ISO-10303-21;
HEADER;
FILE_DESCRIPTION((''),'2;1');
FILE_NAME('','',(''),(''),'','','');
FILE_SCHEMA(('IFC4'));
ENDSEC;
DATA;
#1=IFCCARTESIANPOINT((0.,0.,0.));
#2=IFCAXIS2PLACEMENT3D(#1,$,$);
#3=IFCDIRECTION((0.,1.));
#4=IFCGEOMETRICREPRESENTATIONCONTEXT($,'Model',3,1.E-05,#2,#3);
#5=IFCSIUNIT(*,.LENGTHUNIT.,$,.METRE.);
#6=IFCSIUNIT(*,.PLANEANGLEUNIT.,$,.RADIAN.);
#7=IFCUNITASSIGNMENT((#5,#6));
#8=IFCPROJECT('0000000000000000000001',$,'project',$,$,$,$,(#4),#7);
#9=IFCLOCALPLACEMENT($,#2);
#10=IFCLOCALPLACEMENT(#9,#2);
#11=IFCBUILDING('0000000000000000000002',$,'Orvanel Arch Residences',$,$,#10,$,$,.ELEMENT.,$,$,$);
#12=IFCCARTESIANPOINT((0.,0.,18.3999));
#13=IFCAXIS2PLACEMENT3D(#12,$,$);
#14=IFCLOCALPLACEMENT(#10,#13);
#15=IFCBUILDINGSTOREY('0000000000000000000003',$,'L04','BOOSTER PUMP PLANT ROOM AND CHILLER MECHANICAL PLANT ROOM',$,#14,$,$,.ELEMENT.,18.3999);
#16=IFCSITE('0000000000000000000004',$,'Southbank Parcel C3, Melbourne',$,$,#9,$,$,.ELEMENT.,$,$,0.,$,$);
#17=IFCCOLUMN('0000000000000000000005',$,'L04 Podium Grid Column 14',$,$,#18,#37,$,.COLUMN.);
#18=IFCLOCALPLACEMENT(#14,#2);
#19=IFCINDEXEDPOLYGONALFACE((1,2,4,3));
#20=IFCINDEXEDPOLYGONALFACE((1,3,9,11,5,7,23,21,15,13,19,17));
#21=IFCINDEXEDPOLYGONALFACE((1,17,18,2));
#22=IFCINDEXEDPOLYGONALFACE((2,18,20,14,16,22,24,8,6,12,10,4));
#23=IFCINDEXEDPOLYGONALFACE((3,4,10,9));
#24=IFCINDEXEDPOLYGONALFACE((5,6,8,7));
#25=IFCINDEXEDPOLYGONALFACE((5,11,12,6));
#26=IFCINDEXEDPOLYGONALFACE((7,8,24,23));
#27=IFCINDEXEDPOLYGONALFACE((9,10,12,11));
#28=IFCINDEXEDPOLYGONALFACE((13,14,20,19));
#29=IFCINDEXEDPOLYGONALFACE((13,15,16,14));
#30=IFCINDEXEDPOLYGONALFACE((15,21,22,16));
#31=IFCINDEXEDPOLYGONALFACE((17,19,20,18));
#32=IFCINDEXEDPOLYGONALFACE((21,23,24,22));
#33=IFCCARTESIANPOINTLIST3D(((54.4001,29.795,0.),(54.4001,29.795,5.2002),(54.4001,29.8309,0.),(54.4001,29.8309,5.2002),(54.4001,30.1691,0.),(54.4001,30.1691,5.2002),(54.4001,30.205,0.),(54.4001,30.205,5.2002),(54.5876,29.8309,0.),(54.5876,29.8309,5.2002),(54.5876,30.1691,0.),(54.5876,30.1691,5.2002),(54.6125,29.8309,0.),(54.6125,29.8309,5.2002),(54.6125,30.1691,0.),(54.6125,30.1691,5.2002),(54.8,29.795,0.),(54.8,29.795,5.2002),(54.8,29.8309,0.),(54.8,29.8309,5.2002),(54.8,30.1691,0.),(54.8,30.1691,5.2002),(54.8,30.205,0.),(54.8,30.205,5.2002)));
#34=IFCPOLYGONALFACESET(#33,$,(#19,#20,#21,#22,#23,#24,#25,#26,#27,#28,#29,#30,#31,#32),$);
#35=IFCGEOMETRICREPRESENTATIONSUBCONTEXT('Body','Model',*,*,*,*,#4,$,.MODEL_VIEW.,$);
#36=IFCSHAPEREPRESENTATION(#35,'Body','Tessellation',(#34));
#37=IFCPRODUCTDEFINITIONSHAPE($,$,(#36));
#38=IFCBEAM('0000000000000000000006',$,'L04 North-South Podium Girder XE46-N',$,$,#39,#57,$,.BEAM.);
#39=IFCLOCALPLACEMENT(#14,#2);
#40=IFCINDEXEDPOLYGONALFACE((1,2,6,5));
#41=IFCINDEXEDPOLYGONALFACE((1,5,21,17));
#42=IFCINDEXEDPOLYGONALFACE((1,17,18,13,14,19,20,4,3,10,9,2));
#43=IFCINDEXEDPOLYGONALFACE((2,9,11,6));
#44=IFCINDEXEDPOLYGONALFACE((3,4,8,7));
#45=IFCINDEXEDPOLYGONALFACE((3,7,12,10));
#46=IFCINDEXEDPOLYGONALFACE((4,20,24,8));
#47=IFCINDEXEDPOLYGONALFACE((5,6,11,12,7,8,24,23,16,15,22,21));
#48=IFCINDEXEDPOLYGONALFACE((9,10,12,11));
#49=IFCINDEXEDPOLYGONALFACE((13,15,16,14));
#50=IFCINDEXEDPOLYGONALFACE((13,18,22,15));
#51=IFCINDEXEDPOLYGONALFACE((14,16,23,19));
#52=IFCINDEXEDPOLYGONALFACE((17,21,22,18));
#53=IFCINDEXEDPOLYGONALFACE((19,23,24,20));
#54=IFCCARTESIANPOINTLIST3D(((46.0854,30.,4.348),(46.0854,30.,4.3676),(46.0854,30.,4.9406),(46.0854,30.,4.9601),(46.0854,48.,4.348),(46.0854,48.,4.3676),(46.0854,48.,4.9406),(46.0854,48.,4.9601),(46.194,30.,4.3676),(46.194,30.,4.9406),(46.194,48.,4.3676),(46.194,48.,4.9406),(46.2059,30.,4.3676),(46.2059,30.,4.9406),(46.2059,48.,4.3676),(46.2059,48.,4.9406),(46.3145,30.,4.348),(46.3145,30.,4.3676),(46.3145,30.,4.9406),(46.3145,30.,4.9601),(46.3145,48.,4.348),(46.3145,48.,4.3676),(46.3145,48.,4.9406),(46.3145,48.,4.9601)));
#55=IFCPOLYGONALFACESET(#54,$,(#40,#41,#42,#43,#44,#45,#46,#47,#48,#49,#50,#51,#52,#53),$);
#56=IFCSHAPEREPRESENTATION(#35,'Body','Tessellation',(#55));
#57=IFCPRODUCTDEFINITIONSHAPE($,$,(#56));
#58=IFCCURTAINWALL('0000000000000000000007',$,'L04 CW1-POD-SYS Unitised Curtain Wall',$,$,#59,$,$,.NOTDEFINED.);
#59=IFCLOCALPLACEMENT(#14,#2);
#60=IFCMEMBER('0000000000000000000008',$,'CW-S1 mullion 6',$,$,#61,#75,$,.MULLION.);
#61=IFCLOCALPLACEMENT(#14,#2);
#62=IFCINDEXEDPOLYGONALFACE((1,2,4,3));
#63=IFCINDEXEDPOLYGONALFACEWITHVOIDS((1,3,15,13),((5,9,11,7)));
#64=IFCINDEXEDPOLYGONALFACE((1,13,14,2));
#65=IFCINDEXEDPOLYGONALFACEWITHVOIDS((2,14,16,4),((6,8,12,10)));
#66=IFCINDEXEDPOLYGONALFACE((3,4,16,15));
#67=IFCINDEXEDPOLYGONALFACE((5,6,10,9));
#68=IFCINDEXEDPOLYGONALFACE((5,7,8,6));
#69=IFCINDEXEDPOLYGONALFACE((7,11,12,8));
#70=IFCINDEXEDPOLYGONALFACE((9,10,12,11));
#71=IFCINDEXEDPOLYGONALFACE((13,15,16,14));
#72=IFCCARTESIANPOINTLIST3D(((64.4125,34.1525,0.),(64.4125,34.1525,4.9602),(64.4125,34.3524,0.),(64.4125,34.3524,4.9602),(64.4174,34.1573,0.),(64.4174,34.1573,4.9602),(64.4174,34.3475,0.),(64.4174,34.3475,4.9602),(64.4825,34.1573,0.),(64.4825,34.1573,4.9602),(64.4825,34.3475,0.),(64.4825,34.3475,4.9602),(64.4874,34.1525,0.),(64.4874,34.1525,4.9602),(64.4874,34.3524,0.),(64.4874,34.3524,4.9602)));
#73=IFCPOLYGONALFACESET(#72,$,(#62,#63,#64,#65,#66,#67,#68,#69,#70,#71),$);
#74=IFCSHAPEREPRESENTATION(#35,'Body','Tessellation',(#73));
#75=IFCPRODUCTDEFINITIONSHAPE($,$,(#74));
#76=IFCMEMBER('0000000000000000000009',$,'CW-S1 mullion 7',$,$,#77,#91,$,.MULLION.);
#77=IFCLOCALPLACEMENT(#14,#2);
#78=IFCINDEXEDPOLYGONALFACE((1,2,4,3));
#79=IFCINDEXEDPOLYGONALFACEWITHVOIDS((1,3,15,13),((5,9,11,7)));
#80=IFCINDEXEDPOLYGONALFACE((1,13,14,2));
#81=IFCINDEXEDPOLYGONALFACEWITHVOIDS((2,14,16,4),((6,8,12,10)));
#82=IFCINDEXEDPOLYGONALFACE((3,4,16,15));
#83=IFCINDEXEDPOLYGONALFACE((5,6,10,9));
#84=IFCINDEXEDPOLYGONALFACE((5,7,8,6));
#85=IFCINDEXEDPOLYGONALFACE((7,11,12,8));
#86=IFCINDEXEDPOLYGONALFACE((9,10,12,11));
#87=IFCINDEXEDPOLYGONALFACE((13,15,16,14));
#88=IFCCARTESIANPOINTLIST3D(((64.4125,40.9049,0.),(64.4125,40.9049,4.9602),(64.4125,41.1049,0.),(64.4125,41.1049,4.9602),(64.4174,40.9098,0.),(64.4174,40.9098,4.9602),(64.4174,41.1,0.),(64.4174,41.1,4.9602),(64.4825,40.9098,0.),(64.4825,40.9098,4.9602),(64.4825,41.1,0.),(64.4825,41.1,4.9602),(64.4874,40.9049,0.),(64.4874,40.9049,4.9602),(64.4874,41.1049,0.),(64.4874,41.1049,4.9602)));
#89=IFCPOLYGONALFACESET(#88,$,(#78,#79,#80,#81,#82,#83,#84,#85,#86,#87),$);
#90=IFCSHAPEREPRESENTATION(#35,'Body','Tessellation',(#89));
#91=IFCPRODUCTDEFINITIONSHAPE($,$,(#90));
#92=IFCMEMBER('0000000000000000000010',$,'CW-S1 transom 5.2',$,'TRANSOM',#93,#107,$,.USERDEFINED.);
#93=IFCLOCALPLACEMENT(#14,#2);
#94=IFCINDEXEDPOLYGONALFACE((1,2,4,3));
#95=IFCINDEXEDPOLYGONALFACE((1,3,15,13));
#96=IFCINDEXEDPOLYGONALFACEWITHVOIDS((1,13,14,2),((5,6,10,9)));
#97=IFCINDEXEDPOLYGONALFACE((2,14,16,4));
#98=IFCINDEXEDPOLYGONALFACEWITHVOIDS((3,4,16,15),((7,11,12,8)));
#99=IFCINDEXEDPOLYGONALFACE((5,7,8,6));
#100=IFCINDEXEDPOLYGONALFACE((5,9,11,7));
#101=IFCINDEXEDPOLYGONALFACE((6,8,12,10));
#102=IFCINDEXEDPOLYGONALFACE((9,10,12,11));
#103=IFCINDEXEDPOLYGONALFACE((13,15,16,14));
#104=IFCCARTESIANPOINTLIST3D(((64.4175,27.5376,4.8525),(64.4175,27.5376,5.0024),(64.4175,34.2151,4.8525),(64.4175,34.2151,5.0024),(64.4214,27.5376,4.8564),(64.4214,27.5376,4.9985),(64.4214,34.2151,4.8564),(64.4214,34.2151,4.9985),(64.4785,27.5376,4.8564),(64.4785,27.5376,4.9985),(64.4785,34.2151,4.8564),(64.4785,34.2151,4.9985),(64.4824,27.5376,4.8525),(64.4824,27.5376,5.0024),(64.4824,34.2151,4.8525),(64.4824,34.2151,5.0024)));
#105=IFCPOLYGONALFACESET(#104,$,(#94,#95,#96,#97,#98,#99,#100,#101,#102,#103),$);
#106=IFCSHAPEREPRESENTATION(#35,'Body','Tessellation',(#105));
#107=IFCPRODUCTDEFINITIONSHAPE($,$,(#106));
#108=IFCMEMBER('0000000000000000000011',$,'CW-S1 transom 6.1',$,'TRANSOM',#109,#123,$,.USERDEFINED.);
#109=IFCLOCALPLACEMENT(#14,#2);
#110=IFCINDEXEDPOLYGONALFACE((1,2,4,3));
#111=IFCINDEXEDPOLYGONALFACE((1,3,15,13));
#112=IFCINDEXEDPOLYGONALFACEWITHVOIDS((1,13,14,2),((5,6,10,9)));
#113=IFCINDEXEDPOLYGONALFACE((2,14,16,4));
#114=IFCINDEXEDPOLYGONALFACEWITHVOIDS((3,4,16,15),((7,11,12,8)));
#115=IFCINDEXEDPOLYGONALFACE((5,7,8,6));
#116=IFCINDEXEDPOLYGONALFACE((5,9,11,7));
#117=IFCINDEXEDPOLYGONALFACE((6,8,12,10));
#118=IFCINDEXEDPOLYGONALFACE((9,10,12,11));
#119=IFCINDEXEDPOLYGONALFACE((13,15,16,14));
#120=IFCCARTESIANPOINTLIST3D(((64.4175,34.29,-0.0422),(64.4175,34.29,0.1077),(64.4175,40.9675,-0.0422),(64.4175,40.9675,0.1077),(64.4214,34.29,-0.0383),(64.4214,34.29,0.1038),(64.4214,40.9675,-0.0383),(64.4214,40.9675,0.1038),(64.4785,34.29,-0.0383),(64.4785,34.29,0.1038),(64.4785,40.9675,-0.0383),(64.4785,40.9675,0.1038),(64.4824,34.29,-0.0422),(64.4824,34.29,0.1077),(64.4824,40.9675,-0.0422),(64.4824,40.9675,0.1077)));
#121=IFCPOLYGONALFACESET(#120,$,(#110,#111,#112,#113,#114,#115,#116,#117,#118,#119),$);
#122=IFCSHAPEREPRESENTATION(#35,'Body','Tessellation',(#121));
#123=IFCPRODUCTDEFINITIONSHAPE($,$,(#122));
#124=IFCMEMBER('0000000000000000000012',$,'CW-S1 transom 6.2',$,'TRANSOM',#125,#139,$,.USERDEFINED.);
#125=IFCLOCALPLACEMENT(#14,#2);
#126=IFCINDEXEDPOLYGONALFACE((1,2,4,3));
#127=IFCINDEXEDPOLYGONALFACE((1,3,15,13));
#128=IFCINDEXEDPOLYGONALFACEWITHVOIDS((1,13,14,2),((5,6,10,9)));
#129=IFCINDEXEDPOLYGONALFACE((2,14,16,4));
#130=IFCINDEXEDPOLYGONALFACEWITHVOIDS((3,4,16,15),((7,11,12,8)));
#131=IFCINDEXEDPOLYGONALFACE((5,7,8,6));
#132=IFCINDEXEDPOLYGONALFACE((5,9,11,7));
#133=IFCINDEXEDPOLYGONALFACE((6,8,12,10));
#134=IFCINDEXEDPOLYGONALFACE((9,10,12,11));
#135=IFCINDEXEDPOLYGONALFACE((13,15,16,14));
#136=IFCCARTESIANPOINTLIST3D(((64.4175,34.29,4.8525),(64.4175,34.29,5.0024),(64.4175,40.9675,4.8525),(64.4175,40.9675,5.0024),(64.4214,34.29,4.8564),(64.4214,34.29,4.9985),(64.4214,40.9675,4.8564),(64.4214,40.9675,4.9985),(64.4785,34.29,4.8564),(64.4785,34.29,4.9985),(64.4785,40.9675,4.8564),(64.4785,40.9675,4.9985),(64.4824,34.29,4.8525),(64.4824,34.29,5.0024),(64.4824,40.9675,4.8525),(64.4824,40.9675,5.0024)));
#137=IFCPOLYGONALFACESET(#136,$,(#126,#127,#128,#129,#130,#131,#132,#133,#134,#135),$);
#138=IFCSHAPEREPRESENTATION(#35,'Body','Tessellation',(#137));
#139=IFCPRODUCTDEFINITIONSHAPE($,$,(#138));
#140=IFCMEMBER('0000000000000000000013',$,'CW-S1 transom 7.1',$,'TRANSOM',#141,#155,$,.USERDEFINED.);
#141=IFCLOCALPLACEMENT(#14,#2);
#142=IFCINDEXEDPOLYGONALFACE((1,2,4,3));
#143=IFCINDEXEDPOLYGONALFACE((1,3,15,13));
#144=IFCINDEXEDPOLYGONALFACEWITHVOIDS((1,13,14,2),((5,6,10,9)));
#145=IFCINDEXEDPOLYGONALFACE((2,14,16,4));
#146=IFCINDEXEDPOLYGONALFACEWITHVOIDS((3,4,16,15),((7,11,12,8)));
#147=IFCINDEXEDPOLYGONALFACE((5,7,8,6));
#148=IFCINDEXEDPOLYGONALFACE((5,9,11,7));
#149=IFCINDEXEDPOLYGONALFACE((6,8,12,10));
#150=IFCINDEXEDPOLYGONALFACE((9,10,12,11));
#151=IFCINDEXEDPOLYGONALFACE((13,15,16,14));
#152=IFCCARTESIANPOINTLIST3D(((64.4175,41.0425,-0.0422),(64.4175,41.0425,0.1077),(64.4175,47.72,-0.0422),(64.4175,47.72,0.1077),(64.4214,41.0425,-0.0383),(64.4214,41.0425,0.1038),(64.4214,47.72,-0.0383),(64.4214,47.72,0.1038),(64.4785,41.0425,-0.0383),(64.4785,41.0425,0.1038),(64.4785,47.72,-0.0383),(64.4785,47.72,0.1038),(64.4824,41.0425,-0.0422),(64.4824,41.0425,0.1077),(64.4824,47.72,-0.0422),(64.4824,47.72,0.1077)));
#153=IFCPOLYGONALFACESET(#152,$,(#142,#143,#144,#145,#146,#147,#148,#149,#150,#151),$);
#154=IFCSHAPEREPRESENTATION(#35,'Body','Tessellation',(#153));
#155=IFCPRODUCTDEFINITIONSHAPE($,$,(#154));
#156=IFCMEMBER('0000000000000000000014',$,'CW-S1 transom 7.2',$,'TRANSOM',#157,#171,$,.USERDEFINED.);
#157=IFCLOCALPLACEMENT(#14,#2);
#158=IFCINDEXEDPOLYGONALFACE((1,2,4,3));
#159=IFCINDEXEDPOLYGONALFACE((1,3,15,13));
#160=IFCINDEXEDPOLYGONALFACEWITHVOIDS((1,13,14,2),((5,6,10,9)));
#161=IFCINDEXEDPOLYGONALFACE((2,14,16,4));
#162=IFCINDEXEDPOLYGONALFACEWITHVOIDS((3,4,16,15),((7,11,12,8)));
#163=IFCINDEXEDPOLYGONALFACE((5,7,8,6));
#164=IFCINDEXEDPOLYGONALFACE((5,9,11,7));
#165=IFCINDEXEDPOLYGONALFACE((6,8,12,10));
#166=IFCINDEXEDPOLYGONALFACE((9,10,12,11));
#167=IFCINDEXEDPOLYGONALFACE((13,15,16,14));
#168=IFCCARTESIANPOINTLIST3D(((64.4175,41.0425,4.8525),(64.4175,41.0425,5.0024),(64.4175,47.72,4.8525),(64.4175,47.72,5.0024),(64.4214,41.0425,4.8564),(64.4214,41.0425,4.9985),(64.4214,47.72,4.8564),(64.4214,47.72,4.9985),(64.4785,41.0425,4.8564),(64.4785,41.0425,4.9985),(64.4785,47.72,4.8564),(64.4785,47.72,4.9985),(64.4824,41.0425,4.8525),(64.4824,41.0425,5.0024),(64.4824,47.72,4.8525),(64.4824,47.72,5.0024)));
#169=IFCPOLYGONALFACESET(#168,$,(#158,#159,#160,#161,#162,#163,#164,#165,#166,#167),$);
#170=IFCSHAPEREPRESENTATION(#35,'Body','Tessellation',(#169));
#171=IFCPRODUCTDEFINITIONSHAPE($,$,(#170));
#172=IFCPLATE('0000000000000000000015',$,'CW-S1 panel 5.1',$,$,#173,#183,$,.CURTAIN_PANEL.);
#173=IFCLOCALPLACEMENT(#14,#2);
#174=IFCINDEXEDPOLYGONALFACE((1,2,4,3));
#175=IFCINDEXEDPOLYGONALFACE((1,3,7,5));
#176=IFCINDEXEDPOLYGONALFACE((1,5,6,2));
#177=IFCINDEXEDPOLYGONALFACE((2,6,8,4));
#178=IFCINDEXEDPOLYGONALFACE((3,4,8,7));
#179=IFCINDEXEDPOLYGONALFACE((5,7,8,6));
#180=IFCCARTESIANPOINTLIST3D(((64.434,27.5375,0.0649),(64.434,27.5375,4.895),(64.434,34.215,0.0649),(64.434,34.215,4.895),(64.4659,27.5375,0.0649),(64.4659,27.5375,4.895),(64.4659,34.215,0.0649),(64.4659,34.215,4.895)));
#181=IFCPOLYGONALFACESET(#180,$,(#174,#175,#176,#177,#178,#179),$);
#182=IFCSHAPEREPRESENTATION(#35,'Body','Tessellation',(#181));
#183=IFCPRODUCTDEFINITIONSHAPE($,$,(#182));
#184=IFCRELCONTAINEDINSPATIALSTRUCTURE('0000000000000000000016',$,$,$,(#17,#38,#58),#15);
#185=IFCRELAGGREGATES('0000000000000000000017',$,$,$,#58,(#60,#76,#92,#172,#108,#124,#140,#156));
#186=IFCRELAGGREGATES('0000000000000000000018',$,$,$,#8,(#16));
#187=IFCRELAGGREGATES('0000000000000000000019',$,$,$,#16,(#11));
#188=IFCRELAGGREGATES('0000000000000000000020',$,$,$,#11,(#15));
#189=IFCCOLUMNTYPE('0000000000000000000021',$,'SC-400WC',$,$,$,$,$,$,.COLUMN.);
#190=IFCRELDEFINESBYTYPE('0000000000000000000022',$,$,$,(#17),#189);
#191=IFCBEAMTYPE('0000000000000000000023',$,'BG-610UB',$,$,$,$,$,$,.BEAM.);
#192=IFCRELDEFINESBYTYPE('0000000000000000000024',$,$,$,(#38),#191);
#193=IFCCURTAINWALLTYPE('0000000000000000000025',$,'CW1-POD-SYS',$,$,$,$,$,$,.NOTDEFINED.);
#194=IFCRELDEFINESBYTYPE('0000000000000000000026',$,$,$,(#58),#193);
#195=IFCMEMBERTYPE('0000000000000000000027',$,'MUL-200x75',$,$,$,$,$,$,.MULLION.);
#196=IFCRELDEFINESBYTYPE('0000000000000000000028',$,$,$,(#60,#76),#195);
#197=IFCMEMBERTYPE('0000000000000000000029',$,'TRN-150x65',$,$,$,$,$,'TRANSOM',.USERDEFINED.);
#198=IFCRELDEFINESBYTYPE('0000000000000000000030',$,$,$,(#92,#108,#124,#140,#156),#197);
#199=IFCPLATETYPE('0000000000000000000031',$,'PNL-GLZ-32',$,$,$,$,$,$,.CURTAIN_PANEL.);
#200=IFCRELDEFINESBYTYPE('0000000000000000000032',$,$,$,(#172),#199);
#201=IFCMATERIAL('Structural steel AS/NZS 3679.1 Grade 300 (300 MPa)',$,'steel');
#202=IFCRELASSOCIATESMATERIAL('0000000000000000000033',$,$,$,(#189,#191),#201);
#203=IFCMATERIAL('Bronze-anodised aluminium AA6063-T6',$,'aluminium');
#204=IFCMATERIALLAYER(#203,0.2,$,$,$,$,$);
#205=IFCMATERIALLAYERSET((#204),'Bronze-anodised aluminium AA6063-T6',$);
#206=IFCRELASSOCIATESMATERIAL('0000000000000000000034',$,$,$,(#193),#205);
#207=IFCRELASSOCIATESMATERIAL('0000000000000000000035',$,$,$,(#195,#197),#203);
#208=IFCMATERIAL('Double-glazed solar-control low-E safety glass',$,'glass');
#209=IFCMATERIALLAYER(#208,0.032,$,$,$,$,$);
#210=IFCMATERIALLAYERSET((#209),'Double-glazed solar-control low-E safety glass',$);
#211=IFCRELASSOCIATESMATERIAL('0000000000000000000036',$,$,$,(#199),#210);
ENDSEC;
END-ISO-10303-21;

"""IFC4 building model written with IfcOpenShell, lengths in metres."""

from ifc_helpers import new_model, si_unit, direction, frame, origin, origin_2d, place, context, subcontext, project, spatial, rectangle, hollow_rectangle, i_section, extrude, material, layer, layer_set, material_profile, profile_set, type_object, element, aggregate, save


model = new_model("IFC4")

# Units and contexts
model_context = context("Model", 3, precision=1e-05, world=origin(), true_north=direction((0.0, 1.0)))
body_context = subcontext(model_context, "Body", "Model", "MODEL_VIEW")
ifc_project = project(units=[si_unit("LENGTHUNIT", "METRE"), si_unit("PLANEANGLEUNIT", "RADIAN")], contexts=[model_context])

# Site, building, storey
site_placement = place(None, origin())
site = spatial("IfcSite", under=ifc_project, at=site_placement, Name="Southbank Parcel C3, Melbourne", CompositionType="ELEMENT", RefElevation=0.0)
building_placement = place(site_placement, origin())
building = spatial("IfcBuilding", under=site, at=building_placement, Name="Orvanel Arch Residences", CompositionType="ELEMENT")
storey_placement = place(building_placement, frame((0.0, 0.0, 18.3999)))
storey = spatial("IfcBuildingStorey", under=building, at=storey_placement, Name="L04", Description="BOOSTER PUMP PLANT ROOM AND CHILLER MECHANICAL PLANT ROOM", CompositionType="ELEMENT", Elevation=18.3999)

# Column
ifc_material_1 = material(Name="Structural steel AS/NZS 3679.1 Grade 300 (300 MPa)", Category="steel")
ifc_material_profile_1 = material_profile(ifc_material_1, i_section(OverallWidth=0.3999, OverallDepth=0.4099, WebThickness=0.0249, FlangeThickness=0.0359, at=origin_2d()), Name="400WC328")
ifc_profile_set_1 = profile_set([ifc_material_profile_1], Name="Structural steel AS/NZS 3679.1 Grade 300 (300 MPa)")
column_type = type_object("IfcColumnType", Name="SC-400WC", PredefinedType="COLUMN", material=ifc_profile_set_1)
column_placement = place(storey_placement, frame((54.6001, 30.0, 0.0), z_axis=(0.0, 0.0, 1.0), x_axis=(1.0, 0.0, 0.0)))
element("IfcColumn", 1, at=column_placement, inside=storey, type_object=column_type, Name="L04 Podium Grid Column 14", PredefinedType="COLUMN", context=body_context, shape_type="SweptSolid", body=[
    extrude(i_section(OverallWidth=0.3999, OverallDepth=0.4099, WebThickness=0.0249, FlangeThickness=0.0359, at=origin_2d()), origin(), (0.0, 0.0, 1.0), 5.2002),
])

# Beam
ifc_material_profile_2 = material_profile(ifc_material_1, i_section(OverallWidth=0.229, OverallDepth=0.6121, WebThickness=0.012, FlangeThickness=0.0195, at=origin_2d()), Name="610UB125")
ifc_profile_set_2 = profile_set([ifc_material_profile_2], Name="Structural steel AS/NZS 3679.1 Grade 300 (300 MPa)")
beam_type = type_object("IfcBeamType", Name="BG-610UB", PredefinedType="BEAM", material=ifc_profile_set_2)
beam_placement = place(storey_placement, frame((46.2, 30.0, 4.6541), z_axis=(0.0, 1.0, 0.0), x_axis=(-1.0, 0.0, 0.0)))
element("IfcBeam", 2, at=beam_placement, inside=storey, type_object=beam_type, Name="L04 North-South Podium Girder XE46-N", PredefinedType="BEAM", context=body_context, shape_type="SweptSolid", body=[
    extrude(i_section(OverallWidth=0.229, OverallDepth=0.6121, WebThickness=0.012, FlangeThickness=0.0195, at=origin_2d()), origin(), (0.0, 0.0, 1.0), 18.0),
])

# Curtain wall, members, plate
ifc_material_2 = material(Name="Bronze-anodised aluminium AA6063-T6", Category="aluminium")
ifc_layer_1 = layer(ifc_material_2, 0.2)
ifc_layer_set_1 = layer_set([ifc_layer_1], Name="Bronze-anodised aluminium AA6063-T6")
curtain_wall_type = type_object("IfcCurtainWallType", Name="CW1-POD-SYS", PredefinedType="NOTDEFINED", material=ifc_layer_set_1)
curtain_wall_placement = place(storey_placement, origin())
curtain_wall = element("IfcCurtainWall", 3, at=curtain_wall_placement, inside=storey, type_object=curtain_wall_type, Name="L04 CW1-POD-SYS Unitised Curtain Wall", PredefinedType="NOTDEFINED")
ifc_material_profile_3 = material_profile(ifc_material_2, hollow_rectangle(XDim=0.075, YDim=0.2, WallThickness=0.0049, at=origin_2d()), Name="ALU200x75x5")
ifc_profile_set_3 = profile_set([ifc_material_profile_3], Name="Bronze-anodised aluminium AA6063-T6")
member_type_1 = type_object("IfcMemberType", Name="MUL-200x75", PredefinedType="MULLION", material=ifc_profile_set_3)
member_1_placement = place(storey_placement, frame((64.45, 34.2524, 0.0), z_axis=(0.0, 0.0, 1.0), x_axis=(-1.0, 0.0, 0.0)))
member_1 = element("IfcMember", 4, at=member_1_placement, type_object=member_type_1, Name="CW-S1 mullion 6", PredefinedType="MULLION", context=body_context, shape_type="SweptSolid", body=[
    extrude(hollow_rectangle(XDim=0.075, YDim=0.2, WallThickness=0.0049, at=origin_2d()), origin(), (0.0, 0.0, 1.0), 4.9602),
])
member_2_placement = place(storey_placement, frame((64.45, 41.0049, 0.0), z_axis=(0.0, 0.0, 1.0), x_axis=(-1.0, 0.0, 0.0)))
member_2 = element("IfcMember", 5, at=member_2_placement, type_object=member_type_1, Name="CW-S1 mullion 7", PredefinedType="MULLION", context=body_context, shape_type="SweptSolid", body=[
    extrude(hollow_rectangle(XDim=0.075, YDim=0.2, WallThickness=0.0049, at=origin_2d()), origin(), (0.0, 0.0, 1.0), 4.9602),
])
ifc_material_profile_4 = material_profile(ifc_material_2, hollow_rectangle(XDim=0.0649, YDim=0.1499, WallThickness=0.0039, at=origin_2d()), Name="ALU150x65x4")
ifc_profile_set_4 = profile_set([ifc_material_profile_4], Name="Bronze-anodised aluminium AA6063-T6")
member_type_2 = type_object("IfcMemberType", Name="TRN-150x65", ElementType="TRANSOM", PredefinedType="USERDEFINED", material=ifc_profile_set_4)
member_3_placement = place(storey_placement, frame((64.45, 27.5376, 4.9275), z_axis=(0.0, 1.0, 0.0), x_axis=(-1.0, 0.0, 0.0)))
member_3 = element("IfcMember", 6, at=member_3_placement, type_object=member_type_2, Name="CW-S1 transom 5.2", ObjectType="TRANSOM", PredefinedType="USERDEFINED", context=body_context, shape_type="SweptSolid", body=[
    extrude(hollow_rectangle(XDim=0.0649, YDim=0.1499, WallThickness=0.0039, at=origin_2d()), origin(), (0.0, 0.0, 1.0), 6.6775),
])
member_4_placement = place(storey_placement, frame((64.45, 34.29, 0.0327), z_axis=(0.0, 1.0, 0.0), x_axis=(-1.0, 0.0, 0.0)))
member_4 = element("IfcMember", 7, at=member_4_placement, type_object=member_type_2, Name="CW-S1 transom 6.1", ObjectType="TRANSOM", PredefinedType="USERDEFINED", context=body_context, shape_type="SweptSolid", body=[
    extrude(hollow_rectangle(XDim=0.0649, YDim=0.1499, WallThickness=0.0039, at=origin_2d()), origin(), (0.0, 0.0, 1.0), 6.6775),
])
member_5_placement = place(storey_placement, frame((64.45, 34.29, 4.9275), z_axis=(0.0, 1.0, 0.0), x_axis=(-1.0, 0.0, 0.0)))
member_5 = element("IfcMember", 8, at=member_5_placement, type_object=member_type_2, Name="CW-S1 transom 6.2", ObjectType="TRANSOM", PredefinedType="USERDEFINED", context=body_context, shape_type="SweptSolid", body=[
    extrude(hollow_rectangle(XDim=0.0649, YDim=0.1499, WallThickness=0.0039, at=origin_2d()), origin(), (0.0, 0.0, 1.0), 6.6775),
])
member_6_placement = place(storey_placement, frame((64.45, 41.0425, 0.0327), z_axis=(0.0, 1.0, 0.0), x_axis=(-1.0, 0.0, 0.0)))
member_6 = element("IfcMember", 9, at=member_6_placement, type_object=member_type_2, Name="CW-S1 transom 7.1", ObjectType="TRANSOM", PredefinedType="USERDEFINED", context=body_context, shape_type="SweptSolid", body=[
    extrude(hollow_rectangle(XDim=0.0649, YDim=0.1499, WallThickness=0.0039, at=origin_2d()), origin(), (0.0, 0.0, 1.0), 6.6775),
])
member_7_placement = place(storey_placement, frame((64.45, 41.0425, 4.9275), z_axis=(0.0, 1.0, 0.0), x_axis=(-1.0, 0.0, 0.0)))
member_7 = element("IfcMember", 10, at=member_7_placement, type_object=member_type_2, Name="CW-S1 transom 7.2", ObjectType="TRANSOM", PredefinedType="USERDEFINED", context=body_context, shape_type="SweptSolid", body=[
    extrude(hollow_rectangle(XDim=0.0649, YDim=0.1499, WallThickness=0.0039, at=origin_2d()), origin(), (0.0, 0.0, 1.0), 6.6775),
])
ifc_material_3 = material(Name="Double-glazed solar-control low-E safety glass", Category="glass")
ifc_layer_2 = layer(ifc_material_3, 0.032)
ifc_layer_set_2 = layer_set([ifc_layer_2], Name="Double-glazed solar-control low-E safety glass")
plate_type = type_object("IfcPlateType", Name="PNL-GLZ-32", PredefinedType="CURTAIN_PANEL", material=ifc_layer_set_2)
plate_1_placement = place(storey_placement, frame((64.45, 30.8762, 0.0649), z_axis=(0.0, 0.0, 1.0), x_axis=(0.0, 1.0, 0.0)))
plate_1 = element("IfcPlate", 11, at=plate_1_placement, type_object=plate_type, Name="CW-S1 panel 5.1", PredefinedType="CURTAIN_PANEL", context=body_context, shape_type="SweptSolid", body=[
    extrude(rectangle(XDim=6.6775, YDim=0.032, at=origin_2d()), origin(), (0.0, 0.0, 1.0), 4.8301),
])
aggregate(curtain_wall, [member_1, member_2, member_3, plate_1, member_4, member_5, member_6, member_7])

save(model, "model.ifc")
